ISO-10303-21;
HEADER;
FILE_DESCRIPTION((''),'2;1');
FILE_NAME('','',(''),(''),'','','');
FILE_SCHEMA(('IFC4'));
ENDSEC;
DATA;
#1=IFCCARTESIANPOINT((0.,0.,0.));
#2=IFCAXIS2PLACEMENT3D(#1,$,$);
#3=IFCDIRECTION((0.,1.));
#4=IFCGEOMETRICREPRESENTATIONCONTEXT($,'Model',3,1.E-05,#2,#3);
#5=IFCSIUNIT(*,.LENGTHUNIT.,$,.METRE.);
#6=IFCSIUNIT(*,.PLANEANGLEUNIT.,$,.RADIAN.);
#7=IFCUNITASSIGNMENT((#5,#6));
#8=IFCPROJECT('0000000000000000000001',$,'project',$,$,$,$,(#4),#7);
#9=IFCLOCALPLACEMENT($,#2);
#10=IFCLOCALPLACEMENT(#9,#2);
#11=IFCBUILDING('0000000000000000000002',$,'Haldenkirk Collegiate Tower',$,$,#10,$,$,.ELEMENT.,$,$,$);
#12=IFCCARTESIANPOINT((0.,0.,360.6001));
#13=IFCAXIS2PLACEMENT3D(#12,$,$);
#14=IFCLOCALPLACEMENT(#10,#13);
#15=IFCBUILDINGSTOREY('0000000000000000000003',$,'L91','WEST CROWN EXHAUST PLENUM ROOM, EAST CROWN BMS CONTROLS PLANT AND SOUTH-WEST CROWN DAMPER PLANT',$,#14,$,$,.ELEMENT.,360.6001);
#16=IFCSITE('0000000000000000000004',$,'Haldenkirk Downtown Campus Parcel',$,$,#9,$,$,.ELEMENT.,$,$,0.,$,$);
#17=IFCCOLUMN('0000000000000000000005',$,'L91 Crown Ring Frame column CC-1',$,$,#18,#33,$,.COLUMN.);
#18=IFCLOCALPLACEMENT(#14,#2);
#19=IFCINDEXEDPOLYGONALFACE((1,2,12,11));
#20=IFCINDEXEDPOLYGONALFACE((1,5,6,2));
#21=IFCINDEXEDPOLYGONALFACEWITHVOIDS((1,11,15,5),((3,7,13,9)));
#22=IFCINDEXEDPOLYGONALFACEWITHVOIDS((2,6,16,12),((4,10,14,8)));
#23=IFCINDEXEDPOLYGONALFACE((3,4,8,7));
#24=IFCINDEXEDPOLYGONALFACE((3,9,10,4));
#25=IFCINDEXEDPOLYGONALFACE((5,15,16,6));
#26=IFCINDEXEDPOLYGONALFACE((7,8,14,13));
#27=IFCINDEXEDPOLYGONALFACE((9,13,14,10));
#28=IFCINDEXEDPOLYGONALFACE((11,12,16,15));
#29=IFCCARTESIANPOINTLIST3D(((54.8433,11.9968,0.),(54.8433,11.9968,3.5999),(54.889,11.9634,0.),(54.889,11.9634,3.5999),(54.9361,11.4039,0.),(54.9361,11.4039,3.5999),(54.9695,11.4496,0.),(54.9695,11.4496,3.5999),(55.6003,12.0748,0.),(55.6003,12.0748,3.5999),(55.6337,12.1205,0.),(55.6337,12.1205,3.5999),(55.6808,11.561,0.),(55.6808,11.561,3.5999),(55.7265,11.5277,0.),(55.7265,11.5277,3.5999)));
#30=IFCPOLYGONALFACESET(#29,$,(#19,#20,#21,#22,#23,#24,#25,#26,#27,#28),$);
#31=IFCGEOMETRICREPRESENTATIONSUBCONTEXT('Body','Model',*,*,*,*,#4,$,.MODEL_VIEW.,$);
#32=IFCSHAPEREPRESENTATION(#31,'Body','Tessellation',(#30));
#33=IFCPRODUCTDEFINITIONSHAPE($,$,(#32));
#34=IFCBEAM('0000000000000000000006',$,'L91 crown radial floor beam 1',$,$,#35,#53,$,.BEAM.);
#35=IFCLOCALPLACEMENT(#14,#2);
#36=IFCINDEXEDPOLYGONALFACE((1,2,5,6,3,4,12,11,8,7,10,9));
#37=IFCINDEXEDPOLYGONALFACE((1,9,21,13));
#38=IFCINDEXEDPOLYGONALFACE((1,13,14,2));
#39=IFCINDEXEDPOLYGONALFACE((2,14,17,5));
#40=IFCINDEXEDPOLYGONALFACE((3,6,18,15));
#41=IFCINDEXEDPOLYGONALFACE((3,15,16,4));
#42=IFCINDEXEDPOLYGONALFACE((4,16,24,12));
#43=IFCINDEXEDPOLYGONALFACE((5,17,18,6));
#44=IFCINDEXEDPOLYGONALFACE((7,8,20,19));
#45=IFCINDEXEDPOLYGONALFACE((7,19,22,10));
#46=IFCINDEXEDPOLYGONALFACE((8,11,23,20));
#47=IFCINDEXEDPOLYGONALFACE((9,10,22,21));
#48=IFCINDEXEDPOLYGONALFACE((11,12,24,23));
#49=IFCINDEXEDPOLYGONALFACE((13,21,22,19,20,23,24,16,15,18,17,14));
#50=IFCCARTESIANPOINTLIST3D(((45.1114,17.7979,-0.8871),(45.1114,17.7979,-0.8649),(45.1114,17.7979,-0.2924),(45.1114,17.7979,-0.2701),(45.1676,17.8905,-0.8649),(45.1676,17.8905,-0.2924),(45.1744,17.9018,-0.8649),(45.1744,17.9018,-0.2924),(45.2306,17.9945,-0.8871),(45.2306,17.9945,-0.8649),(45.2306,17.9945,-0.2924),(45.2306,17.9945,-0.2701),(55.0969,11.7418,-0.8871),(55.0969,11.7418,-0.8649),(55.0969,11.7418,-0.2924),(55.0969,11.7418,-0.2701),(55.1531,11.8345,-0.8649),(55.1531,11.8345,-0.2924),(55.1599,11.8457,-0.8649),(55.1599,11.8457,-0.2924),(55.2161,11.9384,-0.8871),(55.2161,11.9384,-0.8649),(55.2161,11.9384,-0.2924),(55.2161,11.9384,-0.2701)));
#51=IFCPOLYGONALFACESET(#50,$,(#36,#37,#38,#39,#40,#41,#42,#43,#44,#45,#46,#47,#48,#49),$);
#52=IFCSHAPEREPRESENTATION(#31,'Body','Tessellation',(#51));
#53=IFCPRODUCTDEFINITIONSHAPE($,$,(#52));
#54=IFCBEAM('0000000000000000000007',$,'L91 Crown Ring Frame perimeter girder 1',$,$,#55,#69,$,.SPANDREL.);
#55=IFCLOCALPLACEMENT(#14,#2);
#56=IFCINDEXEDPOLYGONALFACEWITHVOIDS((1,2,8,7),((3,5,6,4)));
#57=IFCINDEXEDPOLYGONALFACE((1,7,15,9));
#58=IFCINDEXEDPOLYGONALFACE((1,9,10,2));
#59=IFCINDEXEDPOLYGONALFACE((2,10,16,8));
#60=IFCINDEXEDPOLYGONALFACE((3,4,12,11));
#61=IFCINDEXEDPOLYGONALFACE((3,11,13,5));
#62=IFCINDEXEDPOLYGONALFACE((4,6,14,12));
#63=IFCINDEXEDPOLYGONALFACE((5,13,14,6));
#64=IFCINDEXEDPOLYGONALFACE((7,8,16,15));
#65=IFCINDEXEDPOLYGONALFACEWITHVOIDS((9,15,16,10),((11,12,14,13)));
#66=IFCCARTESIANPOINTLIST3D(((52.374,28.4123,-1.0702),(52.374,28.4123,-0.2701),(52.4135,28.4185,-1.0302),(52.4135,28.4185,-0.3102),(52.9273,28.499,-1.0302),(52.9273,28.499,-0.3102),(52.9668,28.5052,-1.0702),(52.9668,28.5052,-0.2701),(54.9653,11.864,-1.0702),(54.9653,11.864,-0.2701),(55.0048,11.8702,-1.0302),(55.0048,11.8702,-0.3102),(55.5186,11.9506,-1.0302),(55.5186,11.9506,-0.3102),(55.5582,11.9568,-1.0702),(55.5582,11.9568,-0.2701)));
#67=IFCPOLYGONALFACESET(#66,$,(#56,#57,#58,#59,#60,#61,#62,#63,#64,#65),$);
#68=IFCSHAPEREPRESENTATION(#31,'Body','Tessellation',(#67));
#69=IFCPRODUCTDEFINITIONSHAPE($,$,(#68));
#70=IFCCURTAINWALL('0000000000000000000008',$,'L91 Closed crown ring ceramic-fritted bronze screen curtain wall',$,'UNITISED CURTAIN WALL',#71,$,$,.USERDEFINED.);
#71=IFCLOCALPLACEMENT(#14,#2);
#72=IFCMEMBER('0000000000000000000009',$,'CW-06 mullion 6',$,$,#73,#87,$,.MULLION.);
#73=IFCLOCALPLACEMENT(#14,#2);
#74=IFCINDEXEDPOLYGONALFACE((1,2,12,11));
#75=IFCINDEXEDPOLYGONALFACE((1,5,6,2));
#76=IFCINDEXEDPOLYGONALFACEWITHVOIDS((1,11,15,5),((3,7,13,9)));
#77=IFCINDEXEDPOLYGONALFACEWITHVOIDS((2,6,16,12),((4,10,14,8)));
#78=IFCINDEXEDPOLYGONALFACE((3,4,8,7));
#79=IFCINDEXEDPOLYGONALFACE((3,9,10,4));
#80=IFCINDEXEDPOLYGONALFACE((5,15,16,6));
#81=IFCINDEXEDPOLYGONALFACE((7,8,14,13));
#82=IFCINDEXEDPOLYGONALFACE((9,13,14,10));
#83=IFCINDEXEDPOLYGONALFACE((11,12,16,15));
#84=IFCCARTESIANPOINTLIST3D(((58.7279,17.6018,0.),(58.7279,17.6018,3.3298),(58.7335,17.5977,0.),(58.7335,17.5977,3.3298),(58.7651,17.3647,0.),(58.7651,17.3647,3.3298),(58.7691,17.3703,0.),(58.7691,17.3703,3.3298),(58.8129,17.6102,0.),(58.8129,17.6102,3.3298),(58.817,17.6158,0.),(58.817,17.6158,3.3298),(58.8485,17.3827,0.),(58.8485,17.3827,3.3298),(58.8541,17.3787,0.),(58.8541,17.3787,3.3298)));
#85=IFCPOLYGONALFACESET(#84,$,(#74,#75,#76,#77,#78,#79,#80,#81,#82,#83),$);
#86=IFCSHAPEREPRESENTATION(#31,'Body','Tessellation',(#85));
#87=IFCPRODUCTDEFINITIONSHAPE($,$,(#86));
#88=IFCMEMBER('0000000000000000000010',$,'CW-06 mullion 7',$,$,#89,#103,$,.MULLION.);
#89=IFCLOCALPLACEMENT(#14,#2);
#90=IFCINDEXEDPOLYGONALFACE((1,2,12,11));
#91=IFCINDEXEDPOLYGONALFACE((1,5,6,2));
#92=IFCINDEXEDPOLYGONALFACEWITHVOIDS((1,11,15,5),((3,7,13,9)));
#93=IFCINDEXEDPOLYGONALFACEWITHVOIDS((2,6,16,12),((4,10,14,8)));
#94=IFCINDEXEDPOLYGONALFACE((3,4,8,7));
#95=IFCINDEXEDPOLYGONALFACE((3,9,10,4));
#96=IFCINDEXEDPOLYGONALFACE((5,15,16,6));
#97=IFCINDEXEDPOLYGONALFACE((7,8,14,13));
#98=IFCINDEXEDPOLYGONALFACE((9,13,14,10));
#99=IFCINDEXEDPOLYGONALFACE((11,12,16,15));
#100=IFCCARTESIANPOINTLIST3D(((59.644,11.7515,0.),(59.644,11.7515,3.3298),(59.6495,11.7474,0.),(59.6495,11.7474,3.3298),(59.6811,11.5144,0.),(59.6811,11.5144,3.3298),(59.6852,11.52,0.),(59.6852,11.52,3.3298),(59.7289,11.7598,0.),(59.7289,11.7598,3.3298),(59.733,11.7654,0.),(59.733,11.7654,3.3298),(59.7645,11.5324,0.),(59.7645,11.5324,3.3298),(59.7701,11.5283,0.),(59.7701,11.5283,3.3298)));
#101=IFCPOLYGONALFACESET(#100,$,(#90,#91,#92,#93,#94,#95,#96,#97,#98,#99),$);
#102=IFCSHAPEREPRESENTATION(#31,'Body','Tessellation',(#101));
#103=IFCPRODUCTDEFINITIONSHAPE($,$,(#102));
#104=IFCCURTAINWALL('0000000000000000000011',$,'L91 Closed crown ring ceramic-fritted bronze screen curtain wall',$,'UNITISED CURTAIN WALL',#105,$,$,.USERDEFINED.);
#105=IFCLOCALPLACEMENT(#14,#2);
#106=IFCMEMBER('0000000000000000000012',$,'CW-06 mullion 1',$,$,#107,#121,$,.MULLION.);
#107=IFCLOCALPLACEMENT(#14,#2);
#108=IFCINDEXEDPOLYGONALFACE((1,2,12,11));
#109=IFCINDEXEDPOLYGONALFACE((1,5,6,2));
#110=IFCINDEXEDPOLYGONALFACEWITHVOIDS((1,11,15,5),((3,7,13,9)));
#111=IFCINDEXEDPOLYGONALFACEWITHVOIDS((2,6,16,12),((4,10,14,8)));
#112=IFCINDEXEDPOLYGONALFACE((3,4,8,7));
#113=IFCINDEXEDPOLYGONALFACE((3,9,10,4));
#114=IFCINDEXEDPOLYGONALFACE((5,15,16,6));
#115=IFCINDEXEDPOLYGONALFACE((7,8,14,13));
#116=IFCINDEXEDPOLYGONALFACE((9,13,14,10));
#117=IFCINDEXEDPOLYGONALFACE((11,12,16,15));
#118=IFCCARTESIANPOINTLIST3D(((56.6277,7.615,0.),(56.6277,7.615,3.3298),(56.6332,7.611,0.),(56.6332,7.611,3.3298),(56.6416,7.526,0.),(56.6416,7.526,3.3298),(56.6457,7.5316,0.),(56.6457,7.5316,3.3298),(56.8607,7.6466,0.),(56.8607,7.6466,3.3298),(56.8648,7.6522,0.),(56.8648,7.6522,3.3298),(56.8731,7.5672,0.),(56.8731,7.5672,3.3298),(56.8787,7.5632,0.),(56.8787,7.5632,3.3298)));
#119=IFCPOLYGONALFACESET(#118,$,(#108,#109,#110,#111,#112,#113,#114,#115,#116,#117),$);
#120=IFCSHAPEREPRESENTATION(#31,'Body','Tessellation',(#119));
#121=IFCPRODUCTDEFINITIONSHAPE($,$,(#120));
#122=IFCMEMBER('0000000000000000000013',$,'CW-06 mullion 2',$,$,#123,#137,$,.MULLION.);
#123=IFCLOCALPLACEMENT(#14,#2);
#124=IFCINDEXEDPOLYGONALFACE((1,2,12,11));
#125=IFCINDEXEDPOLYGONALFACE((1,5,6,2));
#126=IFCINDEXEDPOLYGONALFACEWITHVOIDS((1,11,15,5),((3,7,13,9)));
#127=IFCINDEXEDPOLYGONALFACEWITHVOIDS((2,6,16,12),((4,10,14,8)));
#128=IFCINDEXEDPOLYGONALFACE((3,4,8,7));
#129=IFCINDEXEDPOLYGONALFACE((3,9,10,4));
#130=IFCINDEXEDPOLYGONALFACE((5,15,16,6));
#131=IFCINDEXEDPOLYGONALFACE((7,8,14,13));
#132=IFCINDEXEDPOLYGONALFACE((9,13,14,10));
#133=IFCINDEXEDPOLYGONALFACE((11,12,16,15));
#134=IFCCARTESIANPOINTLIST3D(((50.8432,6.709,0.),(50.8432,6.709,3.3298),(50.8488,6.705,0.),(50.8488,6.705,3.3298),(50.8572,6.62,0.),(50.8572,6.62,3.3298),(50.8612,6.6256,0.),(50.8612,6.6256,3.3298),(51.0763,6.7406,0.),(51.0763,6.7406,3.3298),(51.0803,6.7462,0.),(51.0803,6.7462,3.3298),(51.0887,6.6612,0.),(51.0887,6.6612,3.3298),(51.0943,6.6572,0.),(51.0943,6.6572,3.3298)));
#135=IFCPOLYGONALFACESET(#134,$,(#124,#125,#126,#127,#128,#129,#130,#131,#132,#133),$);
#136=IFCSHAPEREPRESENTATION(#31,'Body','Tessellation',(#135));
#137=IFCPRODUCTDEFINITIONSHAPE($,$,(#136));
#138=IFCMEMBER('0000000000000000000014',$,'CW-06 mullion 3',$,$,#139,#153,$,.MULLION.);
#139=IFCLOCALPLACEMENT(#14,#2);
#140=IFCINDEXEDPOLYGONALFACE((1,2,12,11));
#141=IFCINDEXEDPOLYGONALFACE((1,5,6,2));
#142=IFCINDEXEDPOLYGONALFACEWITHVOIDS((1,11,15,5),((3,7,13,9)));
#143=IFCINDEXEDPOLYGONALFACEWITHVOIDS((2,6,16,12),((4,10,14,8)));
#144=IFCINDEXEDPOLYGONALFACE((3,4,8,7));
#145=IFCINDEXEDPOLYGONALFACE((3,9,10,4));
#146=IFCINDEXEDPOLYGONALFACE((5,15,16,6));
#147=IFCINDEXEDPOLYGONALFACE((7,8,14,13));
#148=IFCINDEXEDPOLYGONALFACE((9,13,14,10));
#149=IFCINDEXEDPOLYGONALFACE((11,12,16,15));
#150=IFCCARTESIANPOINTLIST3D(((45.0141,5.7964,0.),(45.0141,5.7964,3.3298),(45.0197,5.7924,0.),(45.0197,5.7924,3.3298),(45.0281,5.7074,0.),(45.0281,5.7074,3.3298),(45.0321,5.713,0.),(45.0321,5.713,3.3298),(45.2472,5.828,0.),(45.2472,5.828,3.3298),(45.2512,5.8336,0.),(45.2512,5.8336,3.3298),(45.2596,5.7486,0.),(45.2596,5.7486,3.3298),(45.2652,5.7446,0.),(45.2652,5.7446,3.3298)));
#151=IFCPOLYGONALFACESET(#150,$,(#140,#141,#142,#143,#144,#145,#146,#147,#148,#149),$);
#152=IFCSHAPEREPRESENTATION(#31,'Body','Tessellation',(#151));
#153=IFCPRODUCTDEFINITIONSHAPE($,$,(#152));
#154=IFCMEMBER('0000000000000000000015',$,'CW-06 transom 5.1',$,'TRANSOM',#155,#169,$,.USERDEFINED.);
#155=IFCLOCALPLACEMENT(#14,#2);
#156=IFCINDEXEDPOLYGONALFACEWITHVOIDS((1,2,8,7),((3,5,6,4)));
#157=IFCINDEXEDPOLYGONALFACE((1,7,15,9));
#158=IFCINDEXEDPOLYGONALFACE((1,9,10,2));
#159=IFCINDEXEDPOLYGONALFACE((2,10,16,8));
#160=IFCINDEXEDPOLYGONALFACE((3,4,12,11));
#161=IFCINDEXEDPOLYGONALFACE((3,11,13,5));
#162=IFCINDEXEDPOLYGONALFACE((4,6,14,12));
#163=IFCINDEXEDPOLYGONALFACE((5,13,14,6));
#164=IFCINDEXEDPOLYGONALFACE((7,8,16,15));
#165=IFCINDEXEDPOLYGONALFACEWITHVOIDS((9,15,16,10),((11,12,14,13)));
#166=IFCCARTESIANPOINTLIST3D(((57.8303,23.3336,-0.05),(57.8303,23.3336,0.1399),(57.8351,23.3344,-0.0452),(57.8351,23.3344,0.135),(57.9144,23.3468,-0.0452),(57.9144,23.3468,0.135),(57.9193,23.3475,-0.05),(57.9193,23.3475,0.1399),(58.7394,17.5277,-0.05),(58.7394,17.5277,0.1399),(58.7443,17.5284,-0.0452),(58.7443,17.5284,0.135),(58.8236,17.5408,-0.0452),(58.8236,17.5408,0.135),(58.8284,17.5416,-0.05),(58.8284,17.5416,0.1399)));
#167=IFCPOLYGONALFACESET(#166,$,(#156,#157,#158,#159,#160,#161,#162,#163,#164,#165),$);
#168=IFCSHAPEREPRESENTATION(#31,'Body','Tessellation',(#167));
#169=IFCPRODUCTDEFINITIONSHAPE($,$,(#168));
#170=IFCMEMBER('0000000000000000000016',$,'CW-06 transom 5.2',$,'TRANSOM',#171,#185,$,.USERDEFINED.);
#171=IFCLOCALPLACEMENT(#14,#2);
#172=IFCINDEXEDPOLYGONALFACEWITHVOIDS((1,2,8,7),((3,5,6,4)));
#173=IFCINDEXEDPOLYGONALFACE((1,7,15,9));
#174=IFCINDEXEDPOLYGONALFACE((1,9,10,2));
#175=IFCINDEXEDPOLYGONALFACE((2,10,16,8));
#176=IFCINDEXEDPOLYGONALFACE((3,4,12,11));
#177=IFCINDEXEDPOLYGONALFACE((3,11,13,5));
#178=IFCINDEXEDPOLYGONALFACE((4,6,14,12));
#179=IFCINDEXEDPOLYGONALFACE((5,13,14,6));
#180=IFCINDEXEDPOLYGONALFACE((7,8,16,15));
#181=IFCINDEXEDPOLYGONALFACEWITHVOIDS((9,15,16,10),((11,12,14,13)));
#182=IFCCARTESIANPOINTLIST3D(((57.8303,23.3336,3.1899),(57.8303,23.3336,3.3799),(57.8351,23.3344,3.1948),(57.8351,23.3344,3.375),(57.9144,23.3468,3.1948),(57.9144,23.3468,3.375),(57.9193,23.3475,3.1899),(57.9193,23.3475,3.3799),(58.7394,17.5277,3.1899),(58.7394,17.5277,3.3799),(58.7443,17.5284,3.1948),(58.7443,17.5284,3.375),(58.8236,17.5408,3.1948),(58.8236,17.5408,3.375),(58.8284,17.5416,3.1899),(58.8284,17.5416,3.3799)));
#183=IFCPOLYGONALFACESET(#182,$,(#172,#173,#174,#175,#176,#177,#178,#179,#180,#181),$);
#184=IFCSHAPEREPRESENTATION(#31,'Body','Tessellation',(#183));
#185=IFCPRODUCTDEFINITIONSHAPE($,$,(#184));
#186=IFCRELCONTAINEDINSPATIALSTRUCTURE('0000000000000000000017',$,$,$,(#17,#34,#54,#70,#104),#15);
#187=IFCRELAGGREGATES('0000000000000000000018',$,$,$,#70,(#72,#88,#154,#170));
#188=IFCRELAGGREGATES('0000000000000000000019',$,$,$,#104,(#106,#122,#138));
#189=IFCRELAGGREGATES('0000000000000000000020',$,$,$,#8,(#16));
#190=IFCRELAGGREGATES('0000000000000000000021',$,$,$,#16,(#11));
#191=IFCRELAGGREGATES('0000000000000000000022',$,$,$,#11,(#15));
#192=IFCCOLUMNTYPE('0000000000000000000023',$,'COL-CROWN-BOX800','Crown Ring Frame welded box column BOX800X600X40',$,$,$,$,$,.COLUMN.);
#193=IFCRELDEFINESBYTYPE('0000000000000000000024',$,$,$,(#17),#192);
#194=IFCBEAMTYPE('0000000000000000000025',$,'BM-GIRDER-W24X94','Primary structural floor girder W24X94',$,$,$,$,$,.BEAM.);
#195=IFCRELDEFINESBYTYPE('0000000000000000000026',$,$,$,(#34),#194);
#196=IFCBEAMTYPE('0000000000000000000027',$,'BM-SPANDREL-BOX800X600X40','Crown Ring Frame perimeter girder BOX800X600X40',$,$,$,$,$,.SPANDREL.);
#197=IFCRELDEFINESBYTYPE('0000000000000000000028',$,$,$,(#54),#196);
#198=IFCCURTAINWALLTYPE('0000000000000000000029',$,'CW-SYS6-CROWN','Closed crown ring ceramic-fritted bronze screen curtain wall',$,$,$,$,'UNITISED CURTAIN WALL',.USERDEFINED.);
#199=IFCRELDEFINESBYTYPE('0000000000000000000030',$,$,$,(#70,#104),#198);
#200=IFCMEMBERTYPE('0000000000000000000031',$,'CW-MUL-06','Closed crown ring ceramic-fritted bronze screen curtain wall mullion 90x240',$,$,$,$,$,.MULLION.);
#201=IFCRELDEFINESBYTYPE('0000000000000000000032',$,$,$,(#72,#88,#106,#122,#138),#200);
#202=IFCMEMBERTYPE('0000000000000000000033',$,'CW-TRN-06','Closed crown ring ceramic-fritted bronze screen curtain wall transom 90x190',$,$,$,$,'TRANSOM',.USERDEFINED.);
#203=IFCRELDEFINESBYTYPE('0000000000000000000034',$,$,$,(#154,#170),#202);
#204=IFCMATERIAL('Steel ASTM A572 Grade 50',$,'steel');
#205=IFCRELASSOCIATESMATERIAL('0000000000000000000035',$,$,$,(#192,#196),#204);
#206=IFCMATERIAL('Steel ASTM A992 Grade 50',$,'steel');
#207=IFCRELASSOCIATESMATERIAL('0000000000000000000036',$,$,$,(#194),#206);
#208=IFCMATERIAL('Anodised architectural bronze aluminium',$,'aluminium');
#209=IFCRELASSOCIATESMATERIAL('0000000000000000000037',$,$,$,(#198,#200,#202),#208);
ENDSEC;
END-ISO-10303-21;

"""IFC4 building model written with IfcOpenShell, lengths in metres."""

from ifc_helpers import new_model, si_unit, direction, frame, origin, origin_2d, place, context, subcontext, project, spatial, hollow_rectangle, i_section, extrude, material, material_profile, profile_set, type_object, element, aggregate, save


model = new_model("IFC4")

# Units and contexts
model_context = context("Model", 3, precision=1e-05, world=origin(), true_north=direction((0.0, 1.0)))
body_context = subcontext(model_context, "Body", "Model", "MODEL_VIEW")
ifc_project = project(units=[si_unit("LENGTHUNIT", "METRE"), si_unit("PLANEANGLEUNIT", "RADIAN")], contexts=[model_context])

# Site, building, storey
site_placement = place(None, origin())
site = spatial("IfcSite", under=ifc_project, at=site_placement, Name="Haldenkirk Downtown Campus Parcel", CompositionType="ELEMENT", RefElevation=0.0)
building_placement = place(site_placement, origin())
building = spatial("IfcBuilding", under=site, at=building_placement, Name="Haldenkirk Collegiate Tower", CompositionType="ELEMENT")
storey_placement = place(building_placement, frame((0.0, 0.0, 360.6001)))
storey = spatial("IfcBuildingStorey", under=building, at=storey_placement, Name="L91", Description="WEST CROWN EXHAUST PLENUM ROOM, EAST CROWN BMS CONTROLS PLANT AND SOUTH-WEST CROWN DAMPER PLANT", CompositionType="ELEMENT", Elevation=360.6001)

# Column
ifc_material_1 = material(Name="Steel ASTM A572 Grade 50", Category="steel")
ifc_material_profile_1 = material_profile(ifc_material_1, hollow_rectangle(XDim=0.6001, YDim=0.8, WallThickness=0.04, at=origin_2d()), Name="BOX800X600X40")
ifc_profile_set_1 = profile_set([ifc_material_profile_1], Name="Steel ASTM A572 Grade 50")
column_type = type_object("IfcColumnType", Name="COL-CROWN-BOX800", Description="Crown Ring Frame welded box column BOX800X600X40", PredefinedType="COLUMN", material=ifc_profile_set_1)
column_placement = place(storey_placement, frame((55.2849, 11.7622, 0.0), z_axis=(0.0, 0.0, 1.0), x_axis=(-0.15471, 0.98796, 0.0)))
element("IfcColumn", 1, at=column_placement, inside=storey, type_object=column_type, Name="L91 Crown Ring Frame column CC-1", PredefinedType="COLUMN", context=body_context, shape_type="SweptSolid", body=[
    extrude(hollow_rectangle(XDim=0.6001, YDim=0.8, WallThickness=0.04, at=origin_2d()), origin(), (0.0, 0.0, 1.0), 3.5999),
])

# Beams
ifc_material_2 = material(Name="Steel ASTM A992 Grade 50", Category="steel")
ifc_material_profile_2 = material_profile(ifc_material_2, i_section(OverallWidth=0.23, OverallDepth=0.6169, WebThickness=0.0132, FlangeThickness=0.0222, at=origin_2d()), Name="W24X94")
ifc_profile_set_2 = profile_set([ifc_material_profile_2], Name="Steel ASTM A992 Grade 50")
beam_type_1 = type_object("IfcBeamType", Name="BM-GIRDER-W24X94", Description="Primary structural floor girder W24X94", PredefinedType="BEAM", material=ifc_profile_set_2)
beam_1_placement = place(storey_placement, frame((55.1565, 11.8401, -0.5786), z_axis=(-0.855035, 0.518569, 0.0), x_axis=(-0.518569, -0.855035, 0.0)))
element("IfcBeam", 2, at=beam_1_placement, inside=storey, type_object=beam_type_1, Name="L91 crown radial floor beam 1", PredefinedType="BEAM", context=body_context, shape_type="SweptSolid", body=[
    extrude(i_section(OverallWidth=0.23, OverallDepth=0.6169, WebThickness=0.0132, FlangeThickness=0.0222, at=origin_2d()), origin(), (0.0, 0.0, 1.0), 11.6785),
])
ifc_material_profile_3 = material_profile(ifc_material_1, hollow_rectangle(XDim=0.6001, YDim=0.8, WallThickness=0.04, at=origin_2d()), Name="BOX800X600X40")
ifc_profile_set_3 = profile_set([ifc_material_profile_3], Name="Steel ASTM A572 Grade 50")
beam_type_2 = type_object("IfcBeamType", Name="BM-SPANDREL-BOX800X600X40", Description="Crown Ring Frame perimeter girder BOX800X600X40", PredefinedType="SPANDREL", material=ifc_profile_set_3)
beam_2_placement = place(storey_placement, frame((55.2617, 11.9104, -0.6702), z_axis=(-0.154705, 0.987961, 0.0), x_axis=(-0.987961, -0.154705, 0.0)))
element("IfcBeam", 3, at=beam_2_placement, inside=storey, type_object=beam_type_2, Name="L91 Crown Ring Frame perimeter girder 1", PredefinedType="SPANDREL", context=body_context, shape_type="SweptSolid", body=[
    extrude(hollow_rectangle(XDim=0.6001, YDim=0.8, WallThickness=0.04, at=origin_2d()), origin(), (0.0, 0.0, 1.0), 16.75),
])

# Curtain walls, members
ifc_material_3 = material(Name="Anodised architectural bronze aluminium", Category="aluminium")
curtain_wall_type = type_object("IfcCurtainWallType", Name="CW-SYS6-CROWN", Description="Closed crown ring ceramic-fritted bronze screen curtain wall", ElementType="UNITISED CURTAIN WALL", PredefinedType="USERDEFINED", material=ifc_material_3)
curtain_wall_1_placement = place(storey_placement, origin())
curtain_wall_1 = element("IfcCurtainWall", 4, at=curtain_wall_1_placement, inside=storey, type_object=curtain_wall_type, Name="L91 Closed crown ring ceramic-fritted bronze screen curtain wall", ObjectType="UNITISED CURTAIN WALL", PredefinedType="USERDEFINED")
ifc_material_profile_4 = material_profile(ifc_material_3, hollow_rectangle(XDim=0.0901, YDim=0.24, WallThickness=0.0049, at=origin_2d()), Name="CW-MUL-06")
ifc_profile_set_4 = profile_set([ifc_material_profile_4], Name="Anodised architectural bronze aluminium")
member_type_1 = type_object("IfcMemberType", Name="CW-MUL-06", Description="Closed crown ring ceramic-fritted bronze screen curtain wall mullion 90x240", PredefinedType="MULLION", material=ifc_profile_set_4)
member_1_placement = place(storey_placement, frame((58.791, 17.4902, 0.0), z_axis=(0.0, 0.0, 1.0), x_axis=(0.98796, 0.154713, 0.0)))
member_1 = element("IfcMember", 5, at=member_1_placement, type_object=member_type_1, Name="CW-06 mullion 6", PredefinedType="MULLION", context=body_context, shape_type="SweptSolid", body=[
    extrude(hollow_rectangle(XDim=0.0901, YDim=0.24, WallThickness=0.0049, at=origin_2d()), origin(), (0.0, 0.0, 1.0), 3.3298),
])
member_2_placement = place(storey_placement, frame((59.707, 11.6399, 0.0), z_axis=(0.0, 0.0, 1.0), x_axis=(0.98796, 0.154713, 0.0)))
member_2 = element("IfcMember", 6, at=member_2_placement, type_object=member_type_1, Name="CW-06 mullion 7", PredefinedType="MULLION", context=body_context, shape_type="SweptSolid", body=[
    extrude(hollow_rectangle(XDim=0.0901, YDim=0.24, WallThickness=0.0049, at=origin_2d()), origin(), (0.0, 0.0, 1.0), 3.3298),
])
curtain_wall_2_placement = place(storey_placement, origin())
curtain_wall_2 = element("IfcCurtainWall", 7, at=curtain_wall_2_placement, inside=storey, type_object=curtain_wall_type, Name="L91 Closed crown ring ceramic-fritted bronze screen curtain wall", ObjectType="UNITISED CURTAIN WALL", PredefinedType="USERDEFINED")
member_3_placement = place(storey_placement, frame((56.7532, 7.5891, 0.0), z_axis=(0.0, 0.0, 1.0), x_axis=(0.154709, -0.98796, 0.0)))
member_3 = element("IfcMember", 8, at=member_3_placement, type_object=member_type_1, Name="CW-06 mullion 1", PredefinedType="MULLION", context=body_context, shape_type="SweptSolid", body=[
    extrude(hollow_rectangle(XDim=0.0901, YDim=0.24, WallThickness=0.0049, at=origin_2d()), origin(), (0.0, 0.0, 1.0), 3.3298),
])
member_4_placement = place(storey_placement, frame((50.9688, 6.6831, 0.0), z_axis=(0.0, 0.0, 1.0), x_axis=(0.154709, -0.98796, 0.0)))
member_4 = element("IfcMember", 9, at=member_4_placement, type_object=member_type_1, Name="CW-06 mullion 2", PredefinedType="MULLION", context=body_context, shape_type="SweptSolid", body=[
    extrude(hollow_rectangle(XDim=0.0901, YDim=0.24, WallThickness=0.0049, at=origin_2d()), origin(), (0.0, 0.0, 1.0), 3.3298),
])
member_5_placement = place(storey_placement, frame((45.1396, 5.7705, 0.0), z_axis=(0.0, 0.0, 1.0), x_axis=(0.154709, -0.98796, 0.0)))
member_5 = element("IfcMember", 10, at=member_5_placement, type_object=member_type_1, Name="CW-06 mullion 3", PredefinedType="MULLION", context=body_context, shape_type="SweptSolid", body=[
    extrude(hollow_rectangle(XDim=0.0901, YDim=0.24, WallThickness=0.0049, at=origin_2d()), origin(), (0.0, 0.0, 1.0), 3.3298),
])

# Members
ifc_material_profile_5 = material_profile(ifc_material_3, hollow_rectangle(XDim=0.0901, YDim=0.1899, WallThickness=0.0049, at=origin_2d()), Name="CW-TRN-06")
ifc_profile_set_5 = profile_set([ifc_material_profile_5], Name="Anodised architectural bronze aluminium")
member_type_2 = type_object("IfcMemberType", Name="CW-TRN-06", Description="Closed crown ring ceramic-fritted bronze screen curtain wall transom 90x190", ElementType="TRANSOM", PredefinedType="USERDEFINED", material=ifc_profile_set_5)
member_6_placement = place(storey_placement, frame((57.8748, 23.3406, 0.0449), z_axis=(0.15471, -0.98796, 0.0), x_axis=(0.98796, 0.15471, 0.0)))
member_6 = element("IfcMember", 11, at=member_6_placement, type_object=member_type_2, Name="CW-06 transom 5.1", ObjectType="TRANSOM", PredefinedType="USERDEFINED", context=body_context, shape_type="SweptSolid", body=[
    extrude(hollow_rectangle(XDim=0.0901, YDim=0.1899, WallThickness=0.0049, at=origin_2d()), origin(), (0.0, 0.0, 1.0), 5.8767),
])
member_7_placement = place(storey_placement, frame((57.8748, 23.3406, 3.2849), z_axis=(0.15471, -0.98796, 0.0), x_axis=(0.98796, 0.15471, 0.0)))
member_7 = element("IfcMember", 12, at=member_7_placement, type_object=member_type_2, Name="CW-06 transom 5.2", ObjectType="TRANSOM", PredefinedType="USERDEFINED", context=body_context, shape_type="SweptSolid", body=[
    extrude(hollow_rectangle(XDim=0.0901, YDim=0.1899, WallThickness=0.0049, at=origin_2d()), origin(), (0.0, 0.0, 1.0), 5.8767),
])

aggregate(curtain_wall_1, [member_1, member_2, member_6, member_7])
aggregate(curtain_wall_2, [member_3, member_4, member_5])

save(model, "model.ifc")
